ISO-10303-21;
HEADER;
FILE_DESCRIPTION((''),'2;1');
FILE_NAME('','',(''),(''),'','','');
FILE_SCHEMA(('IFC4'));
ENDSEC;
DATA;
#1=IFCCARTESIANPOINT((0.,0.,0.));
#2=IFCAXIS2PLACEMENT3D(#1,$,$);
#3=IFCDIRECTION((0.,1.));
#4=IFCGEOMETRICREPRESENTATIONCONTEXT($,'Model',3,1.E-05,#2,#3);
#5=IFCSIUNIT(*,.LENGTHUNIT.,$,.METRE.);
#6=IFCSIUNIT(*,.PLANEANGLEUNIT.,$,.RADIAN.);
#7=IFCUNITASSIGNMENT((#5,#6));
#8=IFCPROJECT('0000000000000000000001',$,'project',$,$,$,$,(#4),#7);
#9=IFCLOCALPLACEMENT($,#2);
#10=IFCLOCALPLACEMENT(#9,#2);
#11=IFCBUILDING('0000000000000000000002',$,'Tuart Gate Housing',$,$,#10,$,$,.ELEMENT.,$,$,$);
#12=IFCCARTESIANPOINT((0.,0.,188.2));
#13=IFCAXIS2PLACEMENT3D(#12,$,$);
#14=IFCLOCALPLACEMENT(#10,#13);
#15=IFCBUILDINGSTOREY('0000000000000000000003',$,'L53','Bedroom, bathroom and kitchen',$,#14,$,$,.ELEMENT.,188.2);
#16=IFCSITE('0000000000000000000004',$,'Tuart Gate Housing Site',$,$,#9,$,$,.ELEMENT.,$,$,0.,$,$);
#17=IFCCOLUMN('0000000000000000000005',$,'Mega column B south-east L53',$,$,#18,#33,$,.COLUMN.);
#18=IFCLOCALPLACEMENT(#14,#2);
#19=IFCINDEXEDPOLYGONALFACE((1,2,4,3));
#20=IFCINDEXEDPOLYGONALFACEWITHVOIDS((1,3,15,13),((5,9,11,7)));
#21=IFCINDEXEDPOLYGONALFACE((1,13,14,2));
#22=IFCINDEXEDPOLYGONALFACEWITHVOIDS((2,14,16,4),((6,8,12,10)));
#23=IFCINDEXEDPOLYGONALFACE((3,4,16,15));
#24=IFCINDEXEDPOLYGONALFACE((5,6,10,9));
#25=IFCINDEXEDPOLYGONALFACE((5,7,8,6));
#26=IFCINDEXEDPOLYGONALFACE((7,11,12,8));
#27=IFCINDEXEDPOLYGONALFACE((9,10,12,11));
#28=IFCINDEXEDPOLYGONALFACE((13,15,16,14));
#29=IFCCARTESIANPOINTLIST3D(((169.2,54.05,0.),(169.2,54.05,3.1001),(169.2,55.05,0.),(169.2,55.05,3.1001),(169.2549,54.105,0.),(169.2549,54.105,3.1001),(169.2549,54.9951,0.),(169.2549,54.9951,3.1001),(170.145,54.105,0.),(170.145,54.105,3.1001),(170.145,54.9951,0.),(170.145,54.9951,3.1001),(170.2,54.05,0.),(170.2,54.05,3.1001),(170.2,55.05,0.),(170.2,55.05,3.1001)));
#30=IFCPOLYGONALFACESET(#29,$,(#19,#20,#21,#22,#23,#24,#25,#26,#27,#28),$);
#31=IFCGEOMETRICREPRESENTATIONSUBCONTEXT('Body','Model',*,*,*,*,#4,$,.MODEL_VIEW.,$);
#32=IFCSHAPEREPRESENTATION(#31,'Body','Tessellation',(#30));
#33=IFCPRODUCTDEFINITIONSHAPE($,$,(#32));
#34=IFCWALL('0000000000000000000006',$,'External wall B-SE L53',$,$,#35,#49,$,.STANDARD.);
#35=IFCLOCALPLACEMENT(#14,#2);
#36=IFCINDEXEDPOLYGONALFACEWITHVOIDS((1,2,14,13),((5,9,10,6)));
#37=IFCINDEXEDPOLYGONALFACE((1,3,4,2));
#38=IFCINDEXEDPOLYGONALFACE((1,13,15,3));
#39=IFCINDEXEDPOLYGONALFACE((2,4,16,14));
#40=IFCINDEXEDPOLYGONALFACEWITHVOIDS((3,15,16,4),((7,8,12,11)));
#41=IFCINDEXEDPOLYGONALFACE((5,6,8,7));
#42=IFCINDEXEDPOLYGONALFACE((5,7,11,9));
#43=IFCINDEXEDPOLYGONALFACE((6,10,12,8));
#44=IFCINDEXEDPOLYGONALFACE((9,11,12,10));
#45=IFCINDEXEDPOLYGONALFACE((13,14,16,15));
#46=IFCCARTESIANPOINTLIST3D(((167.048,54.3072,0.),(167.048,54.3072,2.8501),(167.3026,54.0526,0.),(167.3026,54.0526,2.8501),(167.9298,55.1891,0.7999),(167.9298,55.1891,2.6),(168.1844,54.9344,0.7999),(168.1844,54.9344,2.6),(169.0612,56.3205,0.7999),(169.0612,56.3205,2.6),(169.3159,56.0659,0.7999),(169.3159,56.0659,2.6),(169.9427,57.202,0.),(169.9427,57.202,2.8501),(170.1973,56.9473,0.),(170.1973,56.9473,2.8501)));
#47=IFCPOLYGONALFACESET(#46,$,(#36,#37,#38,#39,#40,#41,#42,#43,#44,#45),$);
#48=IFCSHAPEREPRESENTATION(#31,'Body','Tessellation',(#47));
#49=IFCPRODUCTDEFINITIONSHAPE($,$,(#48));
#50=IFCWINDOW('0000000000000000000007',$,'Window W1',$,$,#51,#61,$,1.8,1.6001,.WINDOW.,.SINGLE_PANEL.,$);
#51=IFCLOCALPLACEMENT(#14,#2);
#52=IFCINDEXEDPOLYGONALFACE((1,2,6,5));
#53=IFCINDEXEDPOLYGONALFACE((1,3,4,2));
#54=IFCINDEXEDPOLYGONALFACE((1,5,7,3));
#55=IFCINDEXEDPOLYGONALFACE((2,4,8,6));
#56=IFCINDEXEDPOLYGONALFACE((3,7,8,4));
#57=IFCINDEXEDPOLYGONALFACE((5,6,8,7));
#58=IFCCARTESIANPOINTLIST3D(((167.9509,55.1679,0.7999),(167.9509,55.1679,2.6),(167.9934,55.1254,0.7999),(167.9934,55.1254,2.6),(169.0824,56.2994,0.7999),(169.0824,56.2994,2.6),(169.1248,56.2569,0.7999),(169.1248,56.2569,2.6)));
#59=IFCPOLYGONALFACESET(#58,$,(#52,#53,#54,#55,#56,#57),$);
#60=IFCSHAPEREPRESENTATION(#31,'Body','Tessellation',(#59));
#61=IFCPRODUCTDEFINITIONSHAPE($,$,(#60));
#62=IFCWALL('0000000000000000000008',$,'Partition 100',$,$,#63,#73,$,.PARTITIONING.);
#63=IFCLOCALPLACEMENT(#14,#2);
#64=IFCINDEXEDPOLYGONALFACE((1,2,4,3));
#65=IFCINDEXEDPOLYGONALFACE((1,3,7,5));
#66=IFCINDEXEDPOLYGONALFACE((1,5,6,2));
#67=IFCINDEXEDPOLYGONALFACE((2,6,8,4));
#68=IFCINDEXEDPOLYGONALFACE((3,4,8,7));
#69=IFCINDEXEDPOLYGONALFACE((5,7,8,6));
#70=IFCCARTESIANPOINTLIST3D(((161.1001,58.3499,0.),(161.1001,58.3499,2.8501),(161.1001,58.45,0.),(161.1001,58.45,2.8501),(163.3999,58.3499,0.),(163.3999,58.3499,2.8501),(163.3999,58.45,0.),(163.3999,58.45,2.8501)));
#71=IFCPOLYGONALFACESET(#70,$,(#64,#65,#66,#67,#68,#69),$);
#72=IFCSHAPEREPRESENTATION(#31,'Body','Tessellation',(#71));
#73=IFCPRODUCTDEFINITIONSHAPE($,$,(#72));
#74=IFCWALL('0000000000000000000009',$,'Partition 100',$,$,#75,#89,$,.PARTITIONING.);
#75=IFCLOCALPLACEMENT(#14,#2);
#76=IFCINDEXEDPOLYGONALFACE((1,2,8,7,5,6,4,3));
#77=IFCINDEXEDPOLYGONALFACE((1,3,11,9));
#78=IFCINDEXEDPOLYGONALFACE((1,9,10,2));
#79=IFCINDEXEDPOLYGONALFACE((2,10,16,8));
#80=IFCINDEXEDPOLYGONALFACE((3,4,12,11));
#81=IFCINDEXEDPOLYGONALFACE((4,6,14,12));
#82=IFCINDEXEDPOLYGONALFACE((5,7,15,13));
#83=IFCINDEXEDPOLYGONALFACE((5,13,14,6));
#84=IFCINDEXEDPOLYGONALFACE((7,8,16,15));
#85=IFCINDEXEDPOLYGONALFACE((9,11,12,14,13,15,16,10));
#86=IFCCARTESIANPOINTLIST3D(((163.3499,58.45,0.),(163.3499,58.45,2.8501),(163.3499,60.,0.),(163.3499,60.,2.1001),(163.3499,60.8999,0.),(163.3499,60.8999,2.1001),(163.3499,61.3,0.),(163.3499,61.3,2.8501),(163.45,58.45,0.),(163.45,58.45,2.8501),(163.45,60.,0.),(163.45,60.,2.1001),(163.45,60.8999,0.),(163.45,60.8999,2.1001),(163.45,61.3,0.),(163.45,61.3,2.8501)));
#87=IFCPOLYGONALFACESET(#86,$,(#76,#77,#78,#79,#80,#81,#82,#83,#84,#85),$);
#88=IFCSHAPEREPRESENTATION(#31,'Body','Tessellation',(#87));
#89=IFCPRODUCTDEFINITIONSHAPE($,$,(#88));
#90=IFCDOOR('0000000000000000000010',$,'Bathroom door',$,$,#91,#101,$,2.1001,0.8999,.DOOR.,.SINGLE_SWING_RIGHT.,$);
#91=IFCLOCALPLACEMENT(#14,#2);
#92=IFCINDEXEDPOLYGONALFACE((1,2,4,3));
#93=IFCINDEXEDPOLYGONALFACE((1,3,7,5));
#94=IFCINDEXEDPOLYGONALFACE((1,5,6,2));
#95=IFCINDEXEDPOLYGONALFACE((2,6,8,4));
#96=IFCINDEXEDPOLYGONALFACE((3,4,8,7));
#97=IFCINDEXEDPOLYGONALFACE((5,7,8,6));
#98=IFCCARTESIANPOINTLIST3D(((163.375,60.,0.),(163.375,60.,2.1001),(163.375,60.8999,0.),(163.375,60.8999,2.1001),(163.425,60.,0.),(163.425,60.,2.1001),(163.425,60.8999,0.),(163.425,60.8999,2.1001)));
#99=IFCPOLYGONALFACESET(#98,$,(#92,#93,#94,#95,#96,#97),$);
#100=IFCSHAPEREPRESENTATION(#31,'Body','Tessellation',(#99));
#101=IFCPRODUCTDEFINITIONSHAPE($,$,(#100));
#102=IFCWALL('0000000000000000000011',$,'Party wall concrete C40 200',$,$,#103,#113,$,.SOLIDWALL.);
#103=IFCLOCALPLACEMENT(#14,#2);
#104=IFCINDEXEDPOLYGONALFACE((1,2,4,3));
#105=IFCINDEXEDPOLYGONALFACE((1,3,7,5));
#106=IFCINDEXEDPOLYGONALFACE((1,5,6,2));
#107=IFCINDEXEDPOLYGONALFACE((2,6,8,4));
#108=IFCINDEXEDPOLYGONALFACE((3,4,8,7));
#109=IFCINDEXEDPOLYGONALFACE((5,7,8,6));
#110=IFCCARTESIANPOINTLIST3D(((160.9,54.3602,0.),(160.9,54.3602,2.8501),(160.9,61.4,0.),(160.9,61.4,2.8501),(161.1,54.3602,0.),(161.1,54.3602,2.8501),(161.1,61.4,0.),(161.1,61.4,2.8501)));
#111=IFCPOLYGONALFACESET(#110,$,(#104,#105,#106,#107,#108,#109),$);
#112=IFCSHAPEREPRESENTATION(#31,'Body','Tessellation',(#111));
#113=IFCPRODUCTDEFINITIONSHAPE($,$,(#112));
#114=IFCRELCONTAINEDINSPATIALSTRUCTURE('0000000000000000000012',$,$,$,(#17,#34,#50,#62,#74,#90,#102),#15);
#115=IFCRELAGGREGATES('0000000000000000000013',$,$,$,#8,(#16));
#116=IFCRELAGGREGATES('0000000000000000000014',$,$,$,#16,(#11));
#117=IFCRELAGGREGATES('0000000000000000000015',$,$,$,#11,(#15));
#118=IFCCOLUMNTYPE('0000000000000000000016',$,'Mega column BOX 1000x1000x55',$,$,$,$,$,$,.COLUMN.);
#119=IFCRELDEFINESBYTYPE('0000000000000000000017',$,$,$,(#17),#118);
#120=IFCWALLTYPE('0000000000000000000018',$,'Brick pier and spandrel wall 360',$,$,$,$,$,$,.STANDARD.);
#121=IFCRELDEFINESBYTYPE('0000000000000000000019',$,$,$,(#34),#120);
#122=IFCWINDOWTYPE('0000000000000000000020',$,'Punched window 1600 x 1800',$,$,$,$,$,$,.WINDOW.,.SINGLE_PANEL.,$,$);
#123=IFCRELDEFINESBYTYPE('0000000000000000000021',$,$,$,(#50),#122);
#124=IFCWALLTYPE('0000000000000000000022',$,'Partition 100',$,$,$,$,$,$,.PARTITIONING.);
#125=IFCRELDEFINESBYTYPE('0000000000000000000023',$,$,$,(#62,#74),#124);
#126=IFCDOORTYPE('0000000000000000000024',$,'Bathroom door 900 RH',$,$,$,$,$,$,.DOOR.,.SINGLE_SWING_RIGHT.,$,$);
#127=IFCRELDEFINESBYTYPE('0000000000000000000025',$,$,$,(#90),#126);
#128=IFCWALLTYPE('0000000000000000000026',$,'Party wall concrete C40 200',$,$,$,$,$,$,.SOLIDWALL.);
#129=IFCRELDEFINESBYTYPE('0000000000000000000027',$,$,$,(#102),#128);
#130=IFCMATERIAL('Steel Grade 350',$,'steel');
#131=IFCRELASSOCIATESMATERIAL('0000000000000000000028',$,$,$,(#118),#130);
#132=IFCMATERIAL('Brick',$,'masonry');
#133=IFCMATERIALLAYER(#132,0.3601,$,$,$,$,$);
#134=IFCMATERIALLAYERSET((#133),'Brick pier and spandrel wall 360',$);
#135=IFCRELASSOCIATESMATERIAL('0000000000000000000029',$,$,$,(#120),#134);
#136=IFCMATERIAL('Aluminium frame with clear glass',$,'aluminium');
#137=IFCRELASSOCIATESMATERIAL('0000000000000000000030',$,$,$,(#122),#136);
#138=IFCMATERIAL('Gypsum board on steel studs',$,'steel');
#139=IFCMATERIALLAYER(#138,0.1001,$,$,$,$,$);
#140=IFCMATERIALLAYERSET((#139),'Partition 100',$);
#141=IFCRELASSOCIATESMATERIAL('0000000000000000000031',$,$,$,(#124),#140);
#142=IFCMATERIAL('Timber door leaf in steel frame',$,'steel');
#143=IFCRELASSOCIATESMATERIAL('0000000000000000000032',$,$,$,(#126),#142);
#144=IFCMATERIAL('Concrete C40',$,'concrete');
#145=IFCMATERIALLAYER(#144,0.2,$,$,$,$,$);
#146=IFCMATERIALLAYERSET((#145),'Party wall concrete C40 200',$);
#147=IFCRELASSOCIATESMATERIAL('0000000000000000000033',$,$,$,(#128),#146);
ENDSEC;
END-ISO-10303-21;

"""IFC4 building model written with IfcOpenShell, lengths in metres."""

from ifc_helpers import new_model, si_unit, direction, frame, frame_2d, origin, origin_2d, place, context, subcontext, project, spatial, rectangle, hollow_rectangle, extrude, material, layer, layer_set, material_profile, profile_set, type_object, element, fill, save


model = new_model("IFC4")

# Units and contexts
model_context = context("Model", 3, precision=1e-05, world=origin(), true_north=direction((0.0, 1.0)))
body_context = subcontext(model_context, "Body", "Model", "MODEL_VIEW")
ifc_project = project(units=[si_unit("LENGTHUNIT", "METRE"), si_unit("PLANEANGLEUNIT", "RADIAN")], contexts=[model_context])

# Site, building, storey
site_placement = place(None, origin())
site = spatial("IfcSite", under=ifc_project, at=site_placement, Name="Tuart Gate Housing Site", CompositionType="ELEMENT", RefElevation=0.0)
building_placement = place(site_placement, origin())
building = spatial("IfcBuilding", under=site, at=building_placement, Name="Tuart Gate Housing", CompositionType="ELEMENT")
storey_placement = place(building_placement, frame((0.0, 0.0, 188.2)))
storey = spatial("IfcBuildingStorey", under=building, at=storey_placement, Name="L53", Description="Bedroom, bathroom and kitchen", CompositionType="ELEMENT", Elevation=188.2)

# Column
ifc_material_1 = material(Name="Steel Grade 350", Category="steel")
ifc_material_profile = material_profile(ifc_material_1, hollow_rectangle(XDim=1.0, YDim=1.0, WallThickness=0.0549, at=origin_2d()), Name="BOX 1000x1000x55")
ifc_profile_set = profile_set([ifc_material_profile], Name="Steel Grade 350")
column_type = type_object("IfcColumnType", Name="Mega column BOX 1000x1000x55", PredefinedType="COLUMN", material=ifc_profile_set)
column_placement = place(storey_placement, frame((169.7, 54.55, 0.0), z_axis=(0.0, 0.0, 1.0), x_axis=(1.0, 0.0, 0.0)))
element("IfcColumn", 1, at=column_placement, inside=storey, type_object=column_type, Name="Mega column B south-east L53", PredefinedType="COLUMN", context=body_context, shape_type="SweptSolid", body=[
    extrude(hollow_rectangle(XDim=1.0, YDim=1.0, WallThickness=0.0549, at=origin_2d()), origin(), (0.0, 0.0, 1.0), 3.1001),
])

# Wall, opening, window
ifc_material_2 = material(Name="Brick", Category="masonry")
ifc_layer_1 = layer(ifc_material_2, 0.3601)
ifc_layer_set_1 = layer_set([ifc_layer_1], Name="Brick pier and spandrel wall 360")
wall_type_1 = type_object("IfcWallType", Name="Brick pier and spandrel wall 360", PredefinedType="STANDARD", material=ifc_layer_set_1)
wall_1_placement = place(storey_placement, frame((167.1753, 54.1799, 0.0), z_axis=(0.0, 0.0, 1.0), x_axis=(0.707107, 0.707107, 0.0)))
wall_1 = element("IfcWall", 2, at=wall_1_placement, inside=storey, type_object=wall_type_1, Name="External wall B-SE L53", PredefinedType="STANDARD", context=body_context, shape_type="SweptSolid", body=[
    extrude(rectangle(XDim=4.0938, YDim=0.3601, at=frame_2d((2.0469, 0.0))), origin(), (0.0, 0.0, 1.0), 2.8501),
])
opening_1_placement = place(wall_1_placement, frame((1.2471, 0.0, 0.8)))
opening_1 = element("IfcOpeningElement", 3, at=opening_1_placement, cuts=wall_1, PredefinedType="OPENING", context=body_context, shape_type="SweptSolid", body=[
    extrude(rectangle(XDim=1.6001, YDim=1.8, at=frame_2d((0.8, 0.8999))), frame((0.0, 0.1899, 0.0), z_axis=(0.0, -1.0, 0.0), x_axis=(1.0, 0.0, 0.0)), (0.0, 0.0, 1.0), 0.3801),
])
ifc_material_3 = material(Name="Aluminium frame with clear glass", Category="aluminium")
window_type_1 = type_object("IfcWindowType", Name="Punched window 1600 x 1800", PartitioningType="SINGLE_PANEL", PredefinedType="WINDOW", material=ifc_material_3)
window_1_placement = place(opening_1_placement, origin())
window_1 = element("IfcWindow", 4, at=window_1_placement, inside=storey, type_object=window_type_1, Name="Window W1", OverallHeight=1.8, OverallWidth=1.6001, PartitioningType="SINGLE_PANEL", PredefinedType="WINDOW", context=body_context, shape_type="SweptSolid", body=[
    extrude(rectangle(XDim=1.6001, YDim=1.8, at=frame_2d((0.8, 0.8999))), frame((0.0, 0.1501, 0.0), z_axis=(0.0, -1.0, 0.0), x_axis=(1.0, 0.0, 0.0)), (0.0, 0.0, 1.0), 0.0601),
])
fill(opening_1, window_1)

# Wall
ifc_material_4 = material(Name="Gypsum board on steel studs", Category="steel")
ifc_layer_2 = layer(ifc_material_4, 0.1001)
ifc_layer_set_2 = layer_set([ifc_layer_2], Name="Partition 100")
wall_type_2 = type_object("IfcWallType", Name="Partition 100", PredefinedType="PARTITIONING", material=ifc_layer_set_2)
wall_2_placement = place(storey_placement, frame((161.1001, 58.3999, 0.0), z_axis=(0.0, 0.0, 1.0), x_axis=(1.0, 0.0, 0.0)))
element("IfcWall", 5, at=wall_2_placement, inside=storey, type_object=wall_type_2, Name="Partition 100", PredefinedType="PARTITIONING", context=body_context, shape_type="SweptSolid", body=[
    extrude(rectangle(XDim=2.2998, YDim=0.1001, at=frame_2d((1.1499, 0.0))), origin(), (0.0, 0.0, 1.0), 2.8501),
])

# Wall, opening, door
wall_3_placement = place(storey_placement, frame((163.3999, 58.45, 0.0), z_axis=(0.0, 0.0, 1.0), x_axis=(0.0, 1.0, 0.0)))
wall_3 = element("IfcWall", 6, at=wall_3_placement, inside=storey, type_object=wall_type_2, Name="Partition 100", PredefinedType="PARTITIONING", context=body_context, shape_type="SweptSolid", body=[
    extrude(rectangle(XDim=2.8501, YDim=0.1001, at=frame_2d((1.425, 0.0))), origin(), (0.0, 0.0, 1.0), 2.8501),
])
opening_2_placement = place(wall_3_placement, frame((1.55, 0.0, 0.0)))
opening_2 = element("IfcOpeningElement", 7, at=opening_2_placement, cuts=wall_3, PredefinedType="OPENING", context=body_context, shape_type="SweptSolid", body=[
    extrude(rectangle(XDim=0.8999, YDim=2.1001, at=frame_2d((0.45, 1.05))), frame((0.0, 0.0601, 0.0), z_axis=(0.0, -1.0, 0.0), x_axis=(1.0, 0.0, 0.0)), (0.0, 0.0, 1.0), 0.1201),
])
ifc_material_5 = material(Name="Timber door leaf in steel frame", Category="steel")
door_type = type_object("IfcDoorType", Name="Bathroom door 900 RH", OperationType="SINGLE_SWING_RIGHT", PredefinedType="DOOR", material=ifc_material_5)
door_placement = place(opening_2_placement, origin())
door = element("IfcDoor", 8, at=door_placement, inside=storey, type_object=door_type, Name="Bathroom door", OperationType="SINGLE_SWING_RIGHT", OverallHeight=2.1001, OverallWidth=0.8999, PredefinedType="DOOR", context=body_context, shape_type="SweptSolid", body=[
    extrude(rectangle(XDim=0.8999, YDim=2.1001, at=frame_2d((0.45, 1.05))), frame((0.0, 0.0249, 0.0), z_axis=(0.0, -1.0, 0.0), x_axis=(1.0, 0.0, 0.0)), (0.0, 0.0, 1.0), 0.05),
])
fill(opening_2, door)

# Wall
ifc_material_6 = material(Name="Concrete C40", Category="concrete")
ifc_layer_3 = layer(ifc_material_6, 0.2)
ifc_layer_set_3 = layer_set([ifc_layer_3], Name="Party wall concrete C40 200")
wall_type_3 = type_object("IfcWallType", Name="Party wall concrete C40 200", PredefinedType="SOLIDWALL", material=ifc_layer_set_3)
wall_4_placement = place(storey_placement, frame((161.0, 54.3601, 0.0), z_axis=(0.0, 0.0, 1.0), x_axis=(0.0, 1.0, 0.0)))
element("IfcWall", 9, at=wall_4_placement, inside=storey, type_object=wall_type_3, Name="Party wall concrete C40 200", PredefinedType="SOLIDWALL", context=body_context, shape_type="SweptSolid", body=[
    extrude(rectangle(XDim=7.0398, YDim=0.2, at=frame_2d((3.52, 0.0))), origin(), (0.0, 0.0, 1.0), 2.8501),
])

save(model, "model.ifc")
